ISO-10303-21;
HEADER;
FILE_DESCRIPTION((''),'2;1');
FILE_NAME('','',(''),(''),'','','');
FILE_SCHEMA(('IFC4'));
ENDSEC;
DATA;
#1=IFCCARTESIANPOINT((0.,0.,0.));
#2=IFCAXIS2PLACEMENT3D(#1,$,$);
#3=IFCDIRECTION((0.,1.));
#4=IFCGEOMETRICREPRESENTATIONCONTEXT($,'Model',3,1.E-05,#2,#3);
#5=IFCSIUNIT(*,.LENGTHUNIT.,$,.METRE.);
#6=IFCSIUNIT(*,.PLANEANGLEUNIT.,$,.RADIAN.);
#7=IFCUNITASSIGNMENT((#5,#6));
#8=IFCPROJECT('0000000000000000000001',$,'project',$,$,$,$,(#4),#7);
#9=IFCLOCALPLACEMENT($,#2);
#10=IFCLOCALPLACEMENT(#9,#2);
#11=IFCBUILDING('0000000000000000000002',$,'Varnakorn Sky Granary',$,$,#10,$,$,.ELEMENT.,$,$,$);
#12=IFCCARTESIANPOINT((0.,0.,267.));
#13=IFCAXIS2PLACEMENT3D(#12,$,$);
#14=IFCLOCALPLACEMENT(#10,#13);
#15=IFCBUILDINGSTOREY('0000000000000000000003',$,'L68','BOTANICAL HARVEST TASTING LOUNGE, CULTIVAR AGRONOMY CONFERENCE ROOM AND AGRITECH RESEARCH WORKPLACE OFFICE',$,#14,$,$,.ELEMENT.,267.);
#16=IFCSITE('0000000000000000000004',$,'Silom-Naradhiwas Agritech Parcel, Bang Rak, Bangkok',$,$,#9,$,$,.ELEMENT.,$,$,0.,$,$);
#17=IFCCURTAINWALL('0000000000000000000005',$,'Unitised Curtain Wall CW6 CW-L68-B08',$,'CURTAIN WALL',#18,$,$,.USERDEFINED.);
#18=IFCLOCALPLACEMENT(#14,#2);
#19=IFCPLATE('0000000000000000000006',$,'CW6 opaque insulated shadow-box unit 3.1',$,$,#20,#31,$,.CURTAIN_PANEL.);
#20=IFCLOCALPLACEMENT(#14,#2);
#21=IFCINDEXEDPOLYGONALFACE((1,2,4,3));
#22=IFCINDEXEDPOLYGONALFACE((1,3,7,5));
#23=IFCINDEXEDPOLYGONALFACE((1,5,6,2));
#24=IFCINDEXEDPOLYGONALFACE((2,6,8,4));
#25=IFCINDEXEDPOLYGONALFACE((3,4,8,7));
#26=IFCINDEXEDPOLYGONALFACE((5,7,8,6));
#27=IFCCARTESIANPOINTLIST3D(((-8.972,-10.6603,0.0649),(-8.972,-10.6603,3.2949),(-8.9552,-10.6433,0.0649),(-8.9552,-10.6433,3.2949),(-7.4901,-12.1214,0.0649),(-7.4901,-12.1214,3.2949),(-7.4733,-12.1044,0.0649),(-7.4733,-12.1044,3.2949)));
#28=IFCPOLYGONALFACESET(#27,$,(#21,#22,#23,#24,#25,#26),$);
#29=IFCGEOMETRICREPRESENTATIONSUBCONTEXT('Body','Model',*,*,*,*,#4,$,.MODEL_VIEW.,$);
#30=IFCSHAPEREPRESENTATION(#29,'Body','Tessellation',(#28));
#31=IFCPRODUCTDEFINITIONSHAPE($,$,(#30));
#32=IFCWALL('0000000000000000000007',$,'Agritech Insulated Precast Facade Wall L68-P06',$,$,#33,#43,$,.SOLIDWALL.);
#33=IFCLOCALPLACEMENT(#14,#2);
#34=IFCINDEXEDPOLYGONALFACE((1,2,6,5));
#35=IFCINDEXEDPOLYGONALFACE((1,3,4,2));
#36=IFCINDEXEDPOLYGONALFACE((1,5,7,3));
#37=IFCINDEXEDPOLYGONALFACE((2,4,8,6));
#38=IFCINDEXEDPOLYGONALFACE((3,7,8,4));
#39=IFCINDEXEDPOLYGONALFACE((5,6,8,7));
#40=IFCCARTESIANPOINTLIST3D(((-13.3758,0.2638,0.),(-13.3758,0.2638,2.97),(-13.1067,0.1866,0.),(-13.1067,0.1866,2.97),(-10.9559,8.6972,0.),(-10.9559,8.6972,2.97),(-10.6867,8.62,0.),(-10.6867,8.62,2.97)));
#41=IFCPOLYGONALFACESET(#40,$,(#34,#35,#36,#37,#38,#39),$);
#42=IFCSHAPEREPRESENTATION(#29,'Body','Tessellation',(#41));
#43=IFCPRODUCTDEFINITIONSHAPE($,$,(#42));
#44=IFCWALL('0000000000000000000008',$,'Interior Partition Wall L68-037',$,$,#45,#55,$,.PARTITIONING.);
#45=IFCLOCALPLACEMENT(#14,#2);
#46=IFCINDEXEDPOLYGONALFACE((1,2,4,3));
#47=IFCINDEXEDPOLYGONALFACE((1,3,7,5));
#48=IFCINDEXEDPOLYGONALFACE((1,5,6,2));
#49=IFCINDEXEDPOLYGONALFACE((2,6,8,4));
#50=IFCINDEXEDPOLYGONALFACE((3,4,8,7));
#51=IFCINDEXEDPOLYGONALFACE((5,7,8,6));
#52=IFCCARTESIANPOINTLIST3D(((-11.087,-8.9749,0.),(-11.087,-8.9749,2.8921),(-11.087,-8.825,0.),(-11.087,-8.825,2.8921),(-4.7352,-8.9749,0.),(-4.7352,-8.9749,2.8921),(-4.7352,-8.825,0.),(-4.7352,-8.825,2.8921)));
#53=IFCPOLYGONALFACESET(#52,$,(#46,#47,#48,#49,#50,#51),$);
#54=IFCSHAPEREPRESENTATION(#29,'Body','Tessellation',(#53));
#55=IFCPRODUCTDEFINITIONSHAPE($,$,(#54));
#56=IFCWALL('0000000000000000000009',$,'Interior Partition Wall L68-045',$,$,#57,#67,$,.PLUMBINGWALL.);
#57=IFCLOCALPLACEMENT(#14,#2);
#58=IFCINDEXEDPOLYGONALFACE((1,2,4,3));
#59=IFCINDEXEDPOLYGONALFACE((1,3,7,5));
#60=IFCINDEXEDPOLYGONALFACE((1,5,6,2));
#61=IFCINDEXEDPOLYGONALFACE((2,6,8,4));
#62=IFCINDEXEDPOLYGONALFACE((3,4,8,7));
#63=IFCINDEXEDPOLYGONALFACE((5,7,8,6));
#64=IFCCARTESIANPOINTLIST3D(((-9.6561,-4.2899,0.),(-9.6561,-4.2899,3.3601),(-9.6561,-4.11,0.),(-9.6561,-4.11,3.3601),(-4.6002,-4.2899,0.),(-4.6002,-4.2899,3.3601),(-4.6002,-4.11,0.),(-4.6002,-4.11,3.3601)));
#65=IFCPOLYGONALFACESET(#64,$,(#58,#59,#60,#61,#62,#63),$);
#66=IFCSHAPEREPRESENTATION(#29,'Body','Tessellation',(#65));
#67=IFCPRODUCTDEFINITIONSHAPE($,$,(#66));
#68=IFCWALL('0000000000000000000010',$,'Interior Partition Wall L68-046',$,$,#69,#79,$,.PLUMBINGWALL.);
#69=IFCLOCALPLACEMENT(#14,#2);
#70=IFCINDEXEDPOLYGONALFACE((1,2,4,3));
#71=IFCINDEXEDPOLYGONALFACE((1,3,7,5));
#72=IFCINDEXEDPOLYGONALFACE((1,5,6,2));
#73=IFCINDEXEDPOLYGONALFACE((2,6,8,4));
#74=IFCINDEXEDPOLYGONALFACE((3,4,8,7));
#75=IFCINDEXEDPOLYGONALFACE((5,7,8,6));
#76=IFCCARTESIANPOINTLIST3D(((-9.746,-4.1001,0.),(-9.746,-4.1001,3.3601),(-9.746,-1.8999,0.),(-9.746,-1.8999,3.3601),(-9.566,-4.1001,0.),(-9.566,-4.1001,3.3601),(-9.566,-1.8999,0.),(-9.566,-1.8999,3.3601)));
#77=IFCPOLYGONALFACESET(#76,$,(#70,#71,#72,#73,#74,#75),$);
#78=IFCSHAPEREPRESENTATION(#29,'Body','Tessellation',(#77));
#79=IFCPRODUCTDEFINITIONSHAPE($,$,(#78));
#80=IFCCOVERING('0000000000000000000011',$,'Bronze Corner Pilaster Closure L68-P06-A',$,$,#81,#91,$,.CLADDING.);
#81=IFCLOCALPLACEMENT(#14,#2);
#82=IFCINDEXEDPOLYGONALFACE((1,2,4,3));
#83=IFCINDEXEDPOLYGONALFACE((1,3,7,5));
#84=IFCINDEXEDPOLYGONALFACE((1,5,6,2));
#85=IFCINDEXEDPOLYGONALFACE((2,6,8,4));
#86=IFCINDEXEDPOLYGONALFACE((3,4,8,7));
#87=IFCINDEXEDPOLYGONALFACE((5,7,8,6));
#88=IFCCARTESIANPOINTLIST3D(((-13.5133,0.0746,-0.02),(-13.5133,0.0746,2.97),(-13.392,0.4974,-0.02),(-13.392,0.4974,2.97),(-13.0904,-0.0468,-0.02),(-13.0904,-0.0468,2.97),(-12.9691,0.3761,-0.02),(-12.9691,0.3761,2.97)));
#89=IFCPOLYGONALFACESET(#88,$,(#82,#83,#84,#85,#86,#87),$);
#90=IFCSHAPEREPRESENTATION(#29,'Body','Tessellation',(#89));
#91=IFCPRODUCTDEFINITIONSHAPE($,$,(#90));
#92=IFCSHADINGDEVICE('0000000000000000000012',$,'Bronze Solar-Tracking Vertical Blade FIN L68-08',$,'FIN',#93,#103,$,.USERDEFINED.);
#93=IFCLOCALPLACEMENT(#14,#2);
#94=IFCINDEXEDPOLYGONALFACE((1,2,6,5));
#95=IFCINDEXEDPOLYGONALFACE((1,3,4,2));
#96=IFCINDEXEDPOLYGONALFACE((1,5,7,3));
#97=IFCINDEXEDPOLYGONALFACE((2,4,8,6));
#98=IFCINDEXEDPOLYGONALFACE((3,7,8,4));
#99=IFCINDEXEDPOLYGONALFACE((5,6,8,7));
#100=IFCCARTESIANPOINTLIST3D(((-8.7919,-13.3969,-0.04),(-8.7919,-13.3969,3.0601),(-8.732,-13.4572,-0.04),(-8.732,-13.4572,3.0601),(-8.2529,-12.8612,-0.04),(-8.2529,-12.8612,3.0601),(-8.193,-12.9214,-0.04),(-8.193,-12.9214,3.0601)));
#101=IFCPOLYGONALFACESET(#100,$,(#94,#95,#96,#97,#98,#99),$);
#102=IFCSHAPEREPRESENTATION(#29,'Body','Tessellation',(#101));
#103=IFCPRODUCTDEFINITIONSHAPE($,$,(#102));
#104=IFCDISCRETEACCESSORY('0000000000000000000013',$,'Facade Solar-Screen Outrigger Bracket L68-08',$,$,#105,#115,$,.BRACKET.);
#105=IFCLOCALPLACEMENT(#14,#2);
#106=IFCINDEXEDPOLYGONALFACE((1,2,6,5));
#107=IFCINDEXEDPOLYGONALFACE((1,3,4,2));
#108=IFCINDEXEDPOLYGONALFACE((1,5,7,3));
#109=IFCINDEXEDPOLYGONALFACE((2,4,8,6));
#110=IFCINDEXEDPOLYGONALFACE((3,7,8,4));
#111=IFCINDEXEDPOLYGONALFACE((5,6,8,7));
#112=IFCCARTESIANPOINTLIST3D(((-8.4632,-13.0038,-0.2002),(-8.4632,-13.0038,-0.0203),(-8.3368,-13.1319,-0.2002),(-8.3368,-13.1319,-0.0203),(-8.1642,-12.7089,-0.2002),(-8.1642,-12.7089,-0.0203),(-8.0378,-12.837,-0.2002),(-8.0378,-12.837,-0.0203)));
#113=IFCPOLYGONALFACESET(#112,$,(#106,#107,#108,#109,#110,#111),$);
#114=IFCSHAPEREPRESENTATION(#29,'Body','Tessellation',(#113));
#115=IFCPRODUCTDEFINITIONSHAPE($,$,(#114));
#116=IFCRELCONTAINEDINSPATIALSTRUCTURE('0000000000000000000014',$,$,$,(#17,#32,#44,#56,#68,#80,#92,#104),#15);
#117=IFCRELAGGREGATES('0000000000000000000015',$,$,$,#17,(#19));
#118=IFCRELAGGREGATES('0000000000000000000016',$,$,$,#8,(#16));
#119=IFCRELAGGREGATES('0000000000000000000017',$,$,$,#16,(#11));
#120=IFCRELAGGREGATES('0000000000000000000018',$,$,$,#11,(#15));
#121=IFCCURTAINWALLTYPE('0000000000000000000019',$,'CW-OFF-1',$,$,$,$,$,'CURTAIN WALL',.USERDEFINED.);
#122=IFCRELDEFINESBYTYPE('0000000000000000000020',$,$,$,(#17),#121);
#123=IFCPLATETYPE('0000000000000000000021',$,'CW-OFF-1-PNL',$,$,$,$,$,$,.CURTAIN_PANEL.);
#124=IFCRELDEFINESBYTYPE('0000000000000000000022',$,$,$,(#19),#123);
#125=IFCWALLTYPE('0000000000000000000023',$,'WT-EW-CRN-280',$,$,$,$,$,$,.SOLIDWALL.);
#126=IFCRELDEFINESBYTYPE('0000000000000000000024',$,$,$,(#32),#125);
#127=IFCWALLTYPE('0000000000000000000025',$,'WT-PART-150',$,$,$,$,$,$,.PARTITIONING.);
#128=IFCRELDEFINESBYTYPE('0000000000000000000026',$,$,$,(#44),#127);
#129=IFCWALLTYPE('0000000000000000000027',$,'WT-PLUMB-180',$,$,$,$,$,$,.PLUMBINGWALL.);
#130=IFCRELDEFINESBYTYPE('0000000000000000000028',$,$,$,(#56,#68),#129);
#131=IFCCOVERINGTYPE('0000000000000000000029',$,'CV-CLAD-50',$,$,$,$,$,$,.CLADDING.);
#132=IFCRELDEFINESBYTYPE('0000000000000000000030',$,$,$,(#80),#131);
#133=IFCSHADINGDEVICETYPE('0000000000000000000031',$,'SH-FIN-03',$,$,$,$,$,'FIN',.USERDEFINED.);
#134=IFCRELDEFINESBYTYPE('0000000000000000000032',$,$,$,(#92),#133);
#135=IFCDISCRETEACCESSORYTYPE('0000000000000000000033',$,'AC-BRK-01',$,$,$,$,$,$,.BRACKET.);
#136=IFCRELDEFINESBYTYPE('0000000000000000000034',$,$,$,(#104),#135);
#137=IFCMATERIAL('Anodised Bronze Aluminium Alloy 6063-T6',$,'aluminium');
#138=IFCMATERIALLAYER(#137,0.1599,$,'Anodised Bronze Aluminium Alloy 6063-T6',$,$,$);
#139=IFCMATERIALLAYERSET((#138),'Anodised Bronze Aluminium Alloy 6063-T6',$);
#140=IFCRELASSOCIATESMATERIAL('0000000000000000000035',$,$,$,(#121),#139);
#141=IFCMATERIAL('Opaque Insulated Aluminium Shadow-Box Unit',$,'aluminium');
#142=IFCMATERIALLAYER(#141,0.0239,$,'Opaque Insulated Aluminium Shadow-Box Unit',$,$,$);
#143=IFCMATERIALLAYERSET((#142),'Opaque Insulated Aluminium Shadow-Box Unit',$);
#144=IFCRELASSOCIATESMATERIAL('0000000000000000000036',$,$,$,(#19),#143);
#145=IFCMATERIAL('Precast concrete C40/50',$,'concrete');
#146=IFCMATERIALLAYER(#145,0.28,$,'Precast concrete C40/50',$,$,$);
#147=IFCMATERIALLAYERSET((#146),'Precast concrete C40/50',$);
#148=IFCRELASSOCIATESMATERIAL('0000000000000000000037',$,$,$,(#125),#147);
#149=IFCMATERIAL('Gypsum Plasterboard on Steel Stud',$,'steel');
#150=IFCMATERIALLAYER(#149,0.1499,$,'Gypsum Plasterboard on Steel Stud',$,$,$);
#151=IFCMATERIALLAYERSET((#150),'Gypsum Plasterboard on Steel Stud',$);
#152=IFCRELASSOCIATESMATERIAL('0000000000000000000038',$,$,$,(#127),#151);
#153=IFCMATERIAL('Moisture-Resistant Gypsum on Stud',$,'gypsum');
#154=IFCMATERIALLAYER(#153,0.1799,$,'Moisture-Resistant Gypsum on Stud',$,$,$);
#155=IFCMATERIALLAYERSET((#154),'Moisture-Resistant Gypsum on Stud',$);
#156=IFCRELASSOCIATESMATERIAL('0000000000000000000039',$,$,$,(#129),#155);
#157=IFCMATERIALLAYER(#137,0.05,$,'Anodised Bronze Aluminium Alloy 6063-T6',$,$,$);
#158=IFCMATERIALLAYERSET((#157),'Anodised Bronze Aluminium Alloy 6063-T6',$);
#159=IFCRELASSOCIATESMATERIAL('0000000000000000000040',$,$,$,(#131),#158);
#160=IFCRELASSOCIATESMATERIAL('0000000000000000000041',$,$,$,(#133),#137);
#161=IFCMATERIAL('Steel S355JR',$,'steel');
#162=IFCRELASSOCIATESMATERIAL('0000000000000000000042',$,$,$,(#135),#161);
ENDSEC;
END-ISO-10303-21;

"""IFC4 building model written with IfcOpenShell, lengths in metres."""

from ifc_helpers import new_model, si_unit, direction, frame, frame_2d, origin, origin_2d, place, context, subcontext, project, spatial, rectangle, extrude, source, transform, mapped, material, layer, layer_set, type_object, type_shapes, element, aggregate, save


model = new_model("IFC4")

# Units and contexts
model_context = context("Model", 3, precision=1e-05, world=origin(), true_north=direction((0.0, 1.0)))
body_context = subcontext(model_context, "Body", "Model", "MODEL_VIEW")
ifc_project = project(units=[si_unit("LENGTHUNIT", "METRE"), si_unit("PLANEANGLEUNIT", "RADIAN")], contexts=[model_context])

# Site, building, storey
site_placement = place(None, origin())
site = spatial("IfcSite", under=ifc_project, at=site_placement, Name="Silom-Naradhiwas Agritech Parcel, Bang Rak, Bangkok", CompositionType="ELEMENT", RefElevation=0.0)
building_placement = place(site_placement, origin())
building = spatial("IfcBuilding", under=site, at=building_placement, Name="Varnakorn Sky Granary", CompositionType="ELEMENT")
storey_placement = place(building_placement, frame((0.0, 0.0, 267.0)))
storey = spatial("IfcBuildingStorey", under=building, at=storey_placement, Name="L68", Description="BOTANICAL HARVEST TASTING LOUNGE, CULTIVAR AGRONOMY CONFERENCE ROOM AND AGRITECH RESEARCH WORKPLACE OFFICE", CompositionType="ELEMENT", Elevation=267.0)

# Shared definitions
ifc_material_1 = material(Name="Steel S355JR", Category="steel")

# Curtain wall
ifc_material_2 = material(Name="Anodised Bronze Aluminium Alloy 6063-T6", Category="aluminium")
ifc_layer_1 = layer(ifc_material_2, 0.1599, Name="Anodised Bronze Aluminium Alloy 6063-T6")
ifc_layer_set_1 = layer_set([ifc_layer_1], Name="Anodised Bronze Aluminium Alloy 6063-T6")
curtain_wall_type = type_object("IfcCurtainWallType", Name="CW-OFF-1", ElementType="CURTAIN WALL", PredefinedType="USERDEFINED", material=ifc_layer_set_1)
curtain_wall_1_placement = place(storey_placement, origin())
curtain_wall_1 = element("IfcCurtainWall", 1, at=curtain_wall_1_placement, inside=storey, type_object=curtain_wall_type, Name="Unitised Curtain Wall CW6 CW-L68-B08", ObjectType="CURTAIN WALL", PredefinedType="USERDEFINED")

# Plate
ifc_material_3 = material(Name="Opaque Insulated Aluminium Shadow-Box Unit", Category="aluminium")
ifc_layer_2 = layer(ifc_material_3, 0.0239, Name="Opaque Insulated Aluminium Shadow-Box Unit")
ifc_layer_set_2 = layer_set([ifc_layer_2], Name="Opaque Insulated Aluminium Shadow-Box Unit")
plate_type = type_object("IfcPlateType", Name="CW-OFF-1-PNL", PredefinedType="CURTAIN_PANEL")
shared_shape_1 = source(origin(), body_context, "Body", "SweptSolid", [
    extrude(rectangle(XDim=2.0811, YDim=0.0239, at=origin_2d()), origin(), (0.0, 0.0, 1.0), 3.23),
])
plate_1_placement = place(storey_placement, frame((-8.2227, -11.3823, 0.0649), z_axis=(0.0, 0.0, 1.0), x_axis=(-0.712087, 0.702091, 0.0)))
plate_1 = element("IfcPlate", 2, at=plate_1_placement, type_object=plate_type, material=ifc_layer_set_2, Name="CW6 opaque insulated shadow-box unit 3.1", PredefinedType="CURTAIN_PANEL", context=body_context, shape_type="MappedRepresentation", body=[
    mapped(shared_shape_1, transform((0.0, 0.0, 0.0), x_axis=(1.0, 0.0, 0.0), y_axis=(0.0, 1.0, 0.0), z_axis=(0.0, 0.0, 1.0), scale=1.0)),
])
aggregate(curtain_wall_1, [plate_1])

# Walls
ifc_material_4 = material(Name="Precast concrete C40/50", Category="concrete")
ifc_layer_3 = layer(ifc_material_4, 0.28, Name="Precast concrete C40/50")
ifc_layer_set_3 = layer_set([ifc_layer_3], Name="Precast concrete C40/50")
wall_type_1 = type_object("IfcWallType", Name="WT-EW-CRN-280", PredefinedType="SOLIDWALL", material=ifc_layer_set_3)
wall_1_placement = place(storey_placement, frame((-13.2412, 0.2253, 0.0), z_axis=(0.0, 0.0, 1.0), x_axis=(0.275816, 0.96121, 0.0)))
element("IfcWall", 3, at=wall_1_placement, inside=storey, type_object=wall_type_1, Name="Agritech Insulated Precast Facade Wall L68-P06", PredefinedType="SOLIDWALL", context=body_context, shape_type="SweptSolid", body=[
    extrude(rectangle(XDim=8.7737, YDim=0.28, at=frame_2d((4.3867, 0.0))), origin(), (0.0, 0.0, 1.0), 2.97),
])
ifc_material_5 = material(Name="Gypsum Plasterboard on Steel Stud", Category="steel")
ifc_layer_4 = layer(ifc_material_5, 0.1499, Name="Gypsum Plasterboard on Steel Stud")
ifc_layer_set_4 = layer_set([ifc_layer_4], Name="Gypsum Plasterboard on Steel Stud")
wall_type_2 = type_object("IfcWallType", Name="WT-PART-150", PredefinedType="PARTITIONING", material=ifc_layer_set_4)
wall_2_placement = place(storey_placement, frame((-11.0869, -8.8999, 0.0), z_axis=(0.0, 0.0, 1.0), x_axis=(1.0, 0.0, 0.0)))
element("IfcWall", 4, at=wall_2_placement, inside=storey, type_object=wall_type_2, Name="Interior Partition Wall L68-037", PredefinedType="PARTITIONING", context=body_context, shape_type="SweptSolid", body=[
    extrude(rectangle(XDim=6.3518, YDim=0.1499, at=frame_2d((3.1758, 0.0))), origin(), (0.0, 0.0, 1.0), 2.8921),
])
ifc_material_6 = material(Name="Moisture-Resistant Gypsum on Stud", Category="gypsum")
ifc_layer_5 = layer(ifc_material_6, 0.1799, Name="Moisture-Resistant Gypsum on Stud")
ifc_layer_set_5 = layer_set([ifc_layer_5], Name="Moisture-Resistant Gypsum on Stud")
wall_type_3 = type_object("IfcWallType", Name="WT-PLUMB-180", PredefinedType="PLUMBINGWALL", material=ifc_layer_set_5)
wall_3_placement = place(storey_placement, frame((-9.656, -4.2, 0.0), z_axis=(0.0, 0.0, 1.0), x_axis=(1.0, 0.0, 0.0)))
element("IfcWall", 5, at=wall_3_placement, inside=storey, type_object=wall_type_3, Name="Interior Partition Wall L68-045", PredefinedType="PLUMBINGWALL", context=body_context, shape_type="SweptSolid", body=[
    extrude(rectangle(XDim=5.0559, YDim=0.1799, at=frame_2d((2.5278, 0.0))), origin(), (0.0, 0.0, 1.0), 3.3601),
])
wall_4_placement = place(storey_placement, frame((-9.656, -1.8999, 0.0), z_axis=(0.0, 0.0, 1.0), x_axis=(0.0, -1.0, 0.0)))
element("IfcWall", 6, at=wall_4_placement, inside=storey, type_object=wall_type_3, Name="Interior Partition Wall L68-046", PredefinedType="PLUMBINGWALL", context=body_context, shape_type="SweptSolid", body=[
    extrude(rectangle(XDim=2.2002, YDim=0.1799, at=frame_2d((1.1001, 0.0))), origin(), (0.0, 0.0, 1.0), 3.3601),
])

# Covering
ifc_layer_6 = layer(ifc_material_2, 0.05, Name="Anodised Bronze Aluminium Alloy 6063-T6")
ifc_layer_set_6 = layer_set([ifc_layer_6], Name="Anodised Bronze Aluminium Alloy 6063-T6")
covering_type = type_object("IfcCoveringType", Name="CV-CLAD-50", PredefinedType="CLADDING", material=ifc_layer_set_6)
shared_shape_2 = source(origin(), body_context, "Body", "SweptSolid", [
    extrude(rectangle(XDim=0.4399, YDim=0.4399, at=origin_2d()), origin(), (0.0, 0.0, 1.0), 2.99),
])
type_shapes(covering_type, [shared_shape_2])
covering_placement = place(storey_placement, frame((-13.2412, 0.2253, -0.02), z_axis=(0.0, 0.0, 1.0), x_axis=(0.275805, 0.961214, 0.0)))
element("IfcCovering", 7, at=covering_placement, inside=storey, type_object=covering_type, Name="Bronze Corner Pilaster Closure L68-P06-A", PredefinedType="CLADDING", context=body_context, shape_type="MappedRepresentation", body=[
    mapped(shared_shape_2, transform((0.0, 0.0, 0.0), x_axis=(1.0, 0.0, 0.0), y_axis=(0.0, 1.0, 0.0), z_axis=(0.0, 0.0, 1.0), scale=1.0)),
])

# Shading device
shading_device_type = type_object("IfcShadingDeviceType", Name="SH-FIN-03", ElementType="FIN", PredefinedType="USERDEFINED", material=ifc_material_2)
shared_shape_3 = source(origin(), body_context, "Body", "SweptSolid", [
    extrude(rectangle(XDim=0.085, YDim=0.76, at=origin_2d()), origin(), (0.0, 0.0, 1.0), 3.1001),
])
type_shapes(shading_device_type, [shared_shape_3])
shading_device_placement = place(storey_placement, frame((-8.4924, -13.1592, -0.04), z_axis=(0.0, 0.0, 1.0), x_axis=(0.704943, -0.709264, 0.0)))
element("IfcShadingDevice", 8, at=shading_device_placement, inside=storey, type_object=shading_device_type, Name="Bronze Solar-Tracking Vertical Blade FIN L68-08", ObjectType="FIN", PredefinedType="USERDEFINED", context=body_context, shape_type="MappedRepresentation", body=[
    mapped(shared_shape_3, transform((0.0, 0.0, 0.0), x_axis=(1.0, 0.0, 0.0), y_axis=(0.0, 1.0, 0.0), z_axis=(0.0, 0.0, 1.0), scale=1.0)),
])

# Discrete accessory
discrete_accessory_type = type_object("IfcDiscreteAccessoryType", Name="AC-BRK-01", PredefinedType="BRACKET", material=ifc_material_1)
shared_shape_4 = source(origin(), body_context, "Body", "SweptSolid", [
    extrude(rectangle(XDim=0.1799, YDim=0.4199, at=origin_2d()), origin(), (0.0, 0.0, 1.0), 0.1799),
])
type_shapes(discrete_accessory_type, [shared_shape_4])
discrete_accessory_placement = place(storey_placement, frame((-8.2505, -12.9204, -0.2002), z_axis=(0.0, 0.0, 1.0), x_axis=(0.702197, -0.711983, 0.0)))
element("IfcDiscreteAccessory", 9, at=discrete_accessory_placement, inside=storey, type_object=discrete_accessory_type, Name="Facade Solar-Screen Outrigger Bracket L68-08", PredefinedType="BRACKET", context=body_context, shape_type="MappedRepresentation", body=[
    mapped(shared_shape_4, transform((0.0, 0.0, 0.0), x_axis=(1.0, 0.0, 0.0), y_axis=(0.0, 1.0, 0.0), z_axis=(0.0, 0.0, 1.0), scale=1.0)),
])

save(model, "model.ifc")
